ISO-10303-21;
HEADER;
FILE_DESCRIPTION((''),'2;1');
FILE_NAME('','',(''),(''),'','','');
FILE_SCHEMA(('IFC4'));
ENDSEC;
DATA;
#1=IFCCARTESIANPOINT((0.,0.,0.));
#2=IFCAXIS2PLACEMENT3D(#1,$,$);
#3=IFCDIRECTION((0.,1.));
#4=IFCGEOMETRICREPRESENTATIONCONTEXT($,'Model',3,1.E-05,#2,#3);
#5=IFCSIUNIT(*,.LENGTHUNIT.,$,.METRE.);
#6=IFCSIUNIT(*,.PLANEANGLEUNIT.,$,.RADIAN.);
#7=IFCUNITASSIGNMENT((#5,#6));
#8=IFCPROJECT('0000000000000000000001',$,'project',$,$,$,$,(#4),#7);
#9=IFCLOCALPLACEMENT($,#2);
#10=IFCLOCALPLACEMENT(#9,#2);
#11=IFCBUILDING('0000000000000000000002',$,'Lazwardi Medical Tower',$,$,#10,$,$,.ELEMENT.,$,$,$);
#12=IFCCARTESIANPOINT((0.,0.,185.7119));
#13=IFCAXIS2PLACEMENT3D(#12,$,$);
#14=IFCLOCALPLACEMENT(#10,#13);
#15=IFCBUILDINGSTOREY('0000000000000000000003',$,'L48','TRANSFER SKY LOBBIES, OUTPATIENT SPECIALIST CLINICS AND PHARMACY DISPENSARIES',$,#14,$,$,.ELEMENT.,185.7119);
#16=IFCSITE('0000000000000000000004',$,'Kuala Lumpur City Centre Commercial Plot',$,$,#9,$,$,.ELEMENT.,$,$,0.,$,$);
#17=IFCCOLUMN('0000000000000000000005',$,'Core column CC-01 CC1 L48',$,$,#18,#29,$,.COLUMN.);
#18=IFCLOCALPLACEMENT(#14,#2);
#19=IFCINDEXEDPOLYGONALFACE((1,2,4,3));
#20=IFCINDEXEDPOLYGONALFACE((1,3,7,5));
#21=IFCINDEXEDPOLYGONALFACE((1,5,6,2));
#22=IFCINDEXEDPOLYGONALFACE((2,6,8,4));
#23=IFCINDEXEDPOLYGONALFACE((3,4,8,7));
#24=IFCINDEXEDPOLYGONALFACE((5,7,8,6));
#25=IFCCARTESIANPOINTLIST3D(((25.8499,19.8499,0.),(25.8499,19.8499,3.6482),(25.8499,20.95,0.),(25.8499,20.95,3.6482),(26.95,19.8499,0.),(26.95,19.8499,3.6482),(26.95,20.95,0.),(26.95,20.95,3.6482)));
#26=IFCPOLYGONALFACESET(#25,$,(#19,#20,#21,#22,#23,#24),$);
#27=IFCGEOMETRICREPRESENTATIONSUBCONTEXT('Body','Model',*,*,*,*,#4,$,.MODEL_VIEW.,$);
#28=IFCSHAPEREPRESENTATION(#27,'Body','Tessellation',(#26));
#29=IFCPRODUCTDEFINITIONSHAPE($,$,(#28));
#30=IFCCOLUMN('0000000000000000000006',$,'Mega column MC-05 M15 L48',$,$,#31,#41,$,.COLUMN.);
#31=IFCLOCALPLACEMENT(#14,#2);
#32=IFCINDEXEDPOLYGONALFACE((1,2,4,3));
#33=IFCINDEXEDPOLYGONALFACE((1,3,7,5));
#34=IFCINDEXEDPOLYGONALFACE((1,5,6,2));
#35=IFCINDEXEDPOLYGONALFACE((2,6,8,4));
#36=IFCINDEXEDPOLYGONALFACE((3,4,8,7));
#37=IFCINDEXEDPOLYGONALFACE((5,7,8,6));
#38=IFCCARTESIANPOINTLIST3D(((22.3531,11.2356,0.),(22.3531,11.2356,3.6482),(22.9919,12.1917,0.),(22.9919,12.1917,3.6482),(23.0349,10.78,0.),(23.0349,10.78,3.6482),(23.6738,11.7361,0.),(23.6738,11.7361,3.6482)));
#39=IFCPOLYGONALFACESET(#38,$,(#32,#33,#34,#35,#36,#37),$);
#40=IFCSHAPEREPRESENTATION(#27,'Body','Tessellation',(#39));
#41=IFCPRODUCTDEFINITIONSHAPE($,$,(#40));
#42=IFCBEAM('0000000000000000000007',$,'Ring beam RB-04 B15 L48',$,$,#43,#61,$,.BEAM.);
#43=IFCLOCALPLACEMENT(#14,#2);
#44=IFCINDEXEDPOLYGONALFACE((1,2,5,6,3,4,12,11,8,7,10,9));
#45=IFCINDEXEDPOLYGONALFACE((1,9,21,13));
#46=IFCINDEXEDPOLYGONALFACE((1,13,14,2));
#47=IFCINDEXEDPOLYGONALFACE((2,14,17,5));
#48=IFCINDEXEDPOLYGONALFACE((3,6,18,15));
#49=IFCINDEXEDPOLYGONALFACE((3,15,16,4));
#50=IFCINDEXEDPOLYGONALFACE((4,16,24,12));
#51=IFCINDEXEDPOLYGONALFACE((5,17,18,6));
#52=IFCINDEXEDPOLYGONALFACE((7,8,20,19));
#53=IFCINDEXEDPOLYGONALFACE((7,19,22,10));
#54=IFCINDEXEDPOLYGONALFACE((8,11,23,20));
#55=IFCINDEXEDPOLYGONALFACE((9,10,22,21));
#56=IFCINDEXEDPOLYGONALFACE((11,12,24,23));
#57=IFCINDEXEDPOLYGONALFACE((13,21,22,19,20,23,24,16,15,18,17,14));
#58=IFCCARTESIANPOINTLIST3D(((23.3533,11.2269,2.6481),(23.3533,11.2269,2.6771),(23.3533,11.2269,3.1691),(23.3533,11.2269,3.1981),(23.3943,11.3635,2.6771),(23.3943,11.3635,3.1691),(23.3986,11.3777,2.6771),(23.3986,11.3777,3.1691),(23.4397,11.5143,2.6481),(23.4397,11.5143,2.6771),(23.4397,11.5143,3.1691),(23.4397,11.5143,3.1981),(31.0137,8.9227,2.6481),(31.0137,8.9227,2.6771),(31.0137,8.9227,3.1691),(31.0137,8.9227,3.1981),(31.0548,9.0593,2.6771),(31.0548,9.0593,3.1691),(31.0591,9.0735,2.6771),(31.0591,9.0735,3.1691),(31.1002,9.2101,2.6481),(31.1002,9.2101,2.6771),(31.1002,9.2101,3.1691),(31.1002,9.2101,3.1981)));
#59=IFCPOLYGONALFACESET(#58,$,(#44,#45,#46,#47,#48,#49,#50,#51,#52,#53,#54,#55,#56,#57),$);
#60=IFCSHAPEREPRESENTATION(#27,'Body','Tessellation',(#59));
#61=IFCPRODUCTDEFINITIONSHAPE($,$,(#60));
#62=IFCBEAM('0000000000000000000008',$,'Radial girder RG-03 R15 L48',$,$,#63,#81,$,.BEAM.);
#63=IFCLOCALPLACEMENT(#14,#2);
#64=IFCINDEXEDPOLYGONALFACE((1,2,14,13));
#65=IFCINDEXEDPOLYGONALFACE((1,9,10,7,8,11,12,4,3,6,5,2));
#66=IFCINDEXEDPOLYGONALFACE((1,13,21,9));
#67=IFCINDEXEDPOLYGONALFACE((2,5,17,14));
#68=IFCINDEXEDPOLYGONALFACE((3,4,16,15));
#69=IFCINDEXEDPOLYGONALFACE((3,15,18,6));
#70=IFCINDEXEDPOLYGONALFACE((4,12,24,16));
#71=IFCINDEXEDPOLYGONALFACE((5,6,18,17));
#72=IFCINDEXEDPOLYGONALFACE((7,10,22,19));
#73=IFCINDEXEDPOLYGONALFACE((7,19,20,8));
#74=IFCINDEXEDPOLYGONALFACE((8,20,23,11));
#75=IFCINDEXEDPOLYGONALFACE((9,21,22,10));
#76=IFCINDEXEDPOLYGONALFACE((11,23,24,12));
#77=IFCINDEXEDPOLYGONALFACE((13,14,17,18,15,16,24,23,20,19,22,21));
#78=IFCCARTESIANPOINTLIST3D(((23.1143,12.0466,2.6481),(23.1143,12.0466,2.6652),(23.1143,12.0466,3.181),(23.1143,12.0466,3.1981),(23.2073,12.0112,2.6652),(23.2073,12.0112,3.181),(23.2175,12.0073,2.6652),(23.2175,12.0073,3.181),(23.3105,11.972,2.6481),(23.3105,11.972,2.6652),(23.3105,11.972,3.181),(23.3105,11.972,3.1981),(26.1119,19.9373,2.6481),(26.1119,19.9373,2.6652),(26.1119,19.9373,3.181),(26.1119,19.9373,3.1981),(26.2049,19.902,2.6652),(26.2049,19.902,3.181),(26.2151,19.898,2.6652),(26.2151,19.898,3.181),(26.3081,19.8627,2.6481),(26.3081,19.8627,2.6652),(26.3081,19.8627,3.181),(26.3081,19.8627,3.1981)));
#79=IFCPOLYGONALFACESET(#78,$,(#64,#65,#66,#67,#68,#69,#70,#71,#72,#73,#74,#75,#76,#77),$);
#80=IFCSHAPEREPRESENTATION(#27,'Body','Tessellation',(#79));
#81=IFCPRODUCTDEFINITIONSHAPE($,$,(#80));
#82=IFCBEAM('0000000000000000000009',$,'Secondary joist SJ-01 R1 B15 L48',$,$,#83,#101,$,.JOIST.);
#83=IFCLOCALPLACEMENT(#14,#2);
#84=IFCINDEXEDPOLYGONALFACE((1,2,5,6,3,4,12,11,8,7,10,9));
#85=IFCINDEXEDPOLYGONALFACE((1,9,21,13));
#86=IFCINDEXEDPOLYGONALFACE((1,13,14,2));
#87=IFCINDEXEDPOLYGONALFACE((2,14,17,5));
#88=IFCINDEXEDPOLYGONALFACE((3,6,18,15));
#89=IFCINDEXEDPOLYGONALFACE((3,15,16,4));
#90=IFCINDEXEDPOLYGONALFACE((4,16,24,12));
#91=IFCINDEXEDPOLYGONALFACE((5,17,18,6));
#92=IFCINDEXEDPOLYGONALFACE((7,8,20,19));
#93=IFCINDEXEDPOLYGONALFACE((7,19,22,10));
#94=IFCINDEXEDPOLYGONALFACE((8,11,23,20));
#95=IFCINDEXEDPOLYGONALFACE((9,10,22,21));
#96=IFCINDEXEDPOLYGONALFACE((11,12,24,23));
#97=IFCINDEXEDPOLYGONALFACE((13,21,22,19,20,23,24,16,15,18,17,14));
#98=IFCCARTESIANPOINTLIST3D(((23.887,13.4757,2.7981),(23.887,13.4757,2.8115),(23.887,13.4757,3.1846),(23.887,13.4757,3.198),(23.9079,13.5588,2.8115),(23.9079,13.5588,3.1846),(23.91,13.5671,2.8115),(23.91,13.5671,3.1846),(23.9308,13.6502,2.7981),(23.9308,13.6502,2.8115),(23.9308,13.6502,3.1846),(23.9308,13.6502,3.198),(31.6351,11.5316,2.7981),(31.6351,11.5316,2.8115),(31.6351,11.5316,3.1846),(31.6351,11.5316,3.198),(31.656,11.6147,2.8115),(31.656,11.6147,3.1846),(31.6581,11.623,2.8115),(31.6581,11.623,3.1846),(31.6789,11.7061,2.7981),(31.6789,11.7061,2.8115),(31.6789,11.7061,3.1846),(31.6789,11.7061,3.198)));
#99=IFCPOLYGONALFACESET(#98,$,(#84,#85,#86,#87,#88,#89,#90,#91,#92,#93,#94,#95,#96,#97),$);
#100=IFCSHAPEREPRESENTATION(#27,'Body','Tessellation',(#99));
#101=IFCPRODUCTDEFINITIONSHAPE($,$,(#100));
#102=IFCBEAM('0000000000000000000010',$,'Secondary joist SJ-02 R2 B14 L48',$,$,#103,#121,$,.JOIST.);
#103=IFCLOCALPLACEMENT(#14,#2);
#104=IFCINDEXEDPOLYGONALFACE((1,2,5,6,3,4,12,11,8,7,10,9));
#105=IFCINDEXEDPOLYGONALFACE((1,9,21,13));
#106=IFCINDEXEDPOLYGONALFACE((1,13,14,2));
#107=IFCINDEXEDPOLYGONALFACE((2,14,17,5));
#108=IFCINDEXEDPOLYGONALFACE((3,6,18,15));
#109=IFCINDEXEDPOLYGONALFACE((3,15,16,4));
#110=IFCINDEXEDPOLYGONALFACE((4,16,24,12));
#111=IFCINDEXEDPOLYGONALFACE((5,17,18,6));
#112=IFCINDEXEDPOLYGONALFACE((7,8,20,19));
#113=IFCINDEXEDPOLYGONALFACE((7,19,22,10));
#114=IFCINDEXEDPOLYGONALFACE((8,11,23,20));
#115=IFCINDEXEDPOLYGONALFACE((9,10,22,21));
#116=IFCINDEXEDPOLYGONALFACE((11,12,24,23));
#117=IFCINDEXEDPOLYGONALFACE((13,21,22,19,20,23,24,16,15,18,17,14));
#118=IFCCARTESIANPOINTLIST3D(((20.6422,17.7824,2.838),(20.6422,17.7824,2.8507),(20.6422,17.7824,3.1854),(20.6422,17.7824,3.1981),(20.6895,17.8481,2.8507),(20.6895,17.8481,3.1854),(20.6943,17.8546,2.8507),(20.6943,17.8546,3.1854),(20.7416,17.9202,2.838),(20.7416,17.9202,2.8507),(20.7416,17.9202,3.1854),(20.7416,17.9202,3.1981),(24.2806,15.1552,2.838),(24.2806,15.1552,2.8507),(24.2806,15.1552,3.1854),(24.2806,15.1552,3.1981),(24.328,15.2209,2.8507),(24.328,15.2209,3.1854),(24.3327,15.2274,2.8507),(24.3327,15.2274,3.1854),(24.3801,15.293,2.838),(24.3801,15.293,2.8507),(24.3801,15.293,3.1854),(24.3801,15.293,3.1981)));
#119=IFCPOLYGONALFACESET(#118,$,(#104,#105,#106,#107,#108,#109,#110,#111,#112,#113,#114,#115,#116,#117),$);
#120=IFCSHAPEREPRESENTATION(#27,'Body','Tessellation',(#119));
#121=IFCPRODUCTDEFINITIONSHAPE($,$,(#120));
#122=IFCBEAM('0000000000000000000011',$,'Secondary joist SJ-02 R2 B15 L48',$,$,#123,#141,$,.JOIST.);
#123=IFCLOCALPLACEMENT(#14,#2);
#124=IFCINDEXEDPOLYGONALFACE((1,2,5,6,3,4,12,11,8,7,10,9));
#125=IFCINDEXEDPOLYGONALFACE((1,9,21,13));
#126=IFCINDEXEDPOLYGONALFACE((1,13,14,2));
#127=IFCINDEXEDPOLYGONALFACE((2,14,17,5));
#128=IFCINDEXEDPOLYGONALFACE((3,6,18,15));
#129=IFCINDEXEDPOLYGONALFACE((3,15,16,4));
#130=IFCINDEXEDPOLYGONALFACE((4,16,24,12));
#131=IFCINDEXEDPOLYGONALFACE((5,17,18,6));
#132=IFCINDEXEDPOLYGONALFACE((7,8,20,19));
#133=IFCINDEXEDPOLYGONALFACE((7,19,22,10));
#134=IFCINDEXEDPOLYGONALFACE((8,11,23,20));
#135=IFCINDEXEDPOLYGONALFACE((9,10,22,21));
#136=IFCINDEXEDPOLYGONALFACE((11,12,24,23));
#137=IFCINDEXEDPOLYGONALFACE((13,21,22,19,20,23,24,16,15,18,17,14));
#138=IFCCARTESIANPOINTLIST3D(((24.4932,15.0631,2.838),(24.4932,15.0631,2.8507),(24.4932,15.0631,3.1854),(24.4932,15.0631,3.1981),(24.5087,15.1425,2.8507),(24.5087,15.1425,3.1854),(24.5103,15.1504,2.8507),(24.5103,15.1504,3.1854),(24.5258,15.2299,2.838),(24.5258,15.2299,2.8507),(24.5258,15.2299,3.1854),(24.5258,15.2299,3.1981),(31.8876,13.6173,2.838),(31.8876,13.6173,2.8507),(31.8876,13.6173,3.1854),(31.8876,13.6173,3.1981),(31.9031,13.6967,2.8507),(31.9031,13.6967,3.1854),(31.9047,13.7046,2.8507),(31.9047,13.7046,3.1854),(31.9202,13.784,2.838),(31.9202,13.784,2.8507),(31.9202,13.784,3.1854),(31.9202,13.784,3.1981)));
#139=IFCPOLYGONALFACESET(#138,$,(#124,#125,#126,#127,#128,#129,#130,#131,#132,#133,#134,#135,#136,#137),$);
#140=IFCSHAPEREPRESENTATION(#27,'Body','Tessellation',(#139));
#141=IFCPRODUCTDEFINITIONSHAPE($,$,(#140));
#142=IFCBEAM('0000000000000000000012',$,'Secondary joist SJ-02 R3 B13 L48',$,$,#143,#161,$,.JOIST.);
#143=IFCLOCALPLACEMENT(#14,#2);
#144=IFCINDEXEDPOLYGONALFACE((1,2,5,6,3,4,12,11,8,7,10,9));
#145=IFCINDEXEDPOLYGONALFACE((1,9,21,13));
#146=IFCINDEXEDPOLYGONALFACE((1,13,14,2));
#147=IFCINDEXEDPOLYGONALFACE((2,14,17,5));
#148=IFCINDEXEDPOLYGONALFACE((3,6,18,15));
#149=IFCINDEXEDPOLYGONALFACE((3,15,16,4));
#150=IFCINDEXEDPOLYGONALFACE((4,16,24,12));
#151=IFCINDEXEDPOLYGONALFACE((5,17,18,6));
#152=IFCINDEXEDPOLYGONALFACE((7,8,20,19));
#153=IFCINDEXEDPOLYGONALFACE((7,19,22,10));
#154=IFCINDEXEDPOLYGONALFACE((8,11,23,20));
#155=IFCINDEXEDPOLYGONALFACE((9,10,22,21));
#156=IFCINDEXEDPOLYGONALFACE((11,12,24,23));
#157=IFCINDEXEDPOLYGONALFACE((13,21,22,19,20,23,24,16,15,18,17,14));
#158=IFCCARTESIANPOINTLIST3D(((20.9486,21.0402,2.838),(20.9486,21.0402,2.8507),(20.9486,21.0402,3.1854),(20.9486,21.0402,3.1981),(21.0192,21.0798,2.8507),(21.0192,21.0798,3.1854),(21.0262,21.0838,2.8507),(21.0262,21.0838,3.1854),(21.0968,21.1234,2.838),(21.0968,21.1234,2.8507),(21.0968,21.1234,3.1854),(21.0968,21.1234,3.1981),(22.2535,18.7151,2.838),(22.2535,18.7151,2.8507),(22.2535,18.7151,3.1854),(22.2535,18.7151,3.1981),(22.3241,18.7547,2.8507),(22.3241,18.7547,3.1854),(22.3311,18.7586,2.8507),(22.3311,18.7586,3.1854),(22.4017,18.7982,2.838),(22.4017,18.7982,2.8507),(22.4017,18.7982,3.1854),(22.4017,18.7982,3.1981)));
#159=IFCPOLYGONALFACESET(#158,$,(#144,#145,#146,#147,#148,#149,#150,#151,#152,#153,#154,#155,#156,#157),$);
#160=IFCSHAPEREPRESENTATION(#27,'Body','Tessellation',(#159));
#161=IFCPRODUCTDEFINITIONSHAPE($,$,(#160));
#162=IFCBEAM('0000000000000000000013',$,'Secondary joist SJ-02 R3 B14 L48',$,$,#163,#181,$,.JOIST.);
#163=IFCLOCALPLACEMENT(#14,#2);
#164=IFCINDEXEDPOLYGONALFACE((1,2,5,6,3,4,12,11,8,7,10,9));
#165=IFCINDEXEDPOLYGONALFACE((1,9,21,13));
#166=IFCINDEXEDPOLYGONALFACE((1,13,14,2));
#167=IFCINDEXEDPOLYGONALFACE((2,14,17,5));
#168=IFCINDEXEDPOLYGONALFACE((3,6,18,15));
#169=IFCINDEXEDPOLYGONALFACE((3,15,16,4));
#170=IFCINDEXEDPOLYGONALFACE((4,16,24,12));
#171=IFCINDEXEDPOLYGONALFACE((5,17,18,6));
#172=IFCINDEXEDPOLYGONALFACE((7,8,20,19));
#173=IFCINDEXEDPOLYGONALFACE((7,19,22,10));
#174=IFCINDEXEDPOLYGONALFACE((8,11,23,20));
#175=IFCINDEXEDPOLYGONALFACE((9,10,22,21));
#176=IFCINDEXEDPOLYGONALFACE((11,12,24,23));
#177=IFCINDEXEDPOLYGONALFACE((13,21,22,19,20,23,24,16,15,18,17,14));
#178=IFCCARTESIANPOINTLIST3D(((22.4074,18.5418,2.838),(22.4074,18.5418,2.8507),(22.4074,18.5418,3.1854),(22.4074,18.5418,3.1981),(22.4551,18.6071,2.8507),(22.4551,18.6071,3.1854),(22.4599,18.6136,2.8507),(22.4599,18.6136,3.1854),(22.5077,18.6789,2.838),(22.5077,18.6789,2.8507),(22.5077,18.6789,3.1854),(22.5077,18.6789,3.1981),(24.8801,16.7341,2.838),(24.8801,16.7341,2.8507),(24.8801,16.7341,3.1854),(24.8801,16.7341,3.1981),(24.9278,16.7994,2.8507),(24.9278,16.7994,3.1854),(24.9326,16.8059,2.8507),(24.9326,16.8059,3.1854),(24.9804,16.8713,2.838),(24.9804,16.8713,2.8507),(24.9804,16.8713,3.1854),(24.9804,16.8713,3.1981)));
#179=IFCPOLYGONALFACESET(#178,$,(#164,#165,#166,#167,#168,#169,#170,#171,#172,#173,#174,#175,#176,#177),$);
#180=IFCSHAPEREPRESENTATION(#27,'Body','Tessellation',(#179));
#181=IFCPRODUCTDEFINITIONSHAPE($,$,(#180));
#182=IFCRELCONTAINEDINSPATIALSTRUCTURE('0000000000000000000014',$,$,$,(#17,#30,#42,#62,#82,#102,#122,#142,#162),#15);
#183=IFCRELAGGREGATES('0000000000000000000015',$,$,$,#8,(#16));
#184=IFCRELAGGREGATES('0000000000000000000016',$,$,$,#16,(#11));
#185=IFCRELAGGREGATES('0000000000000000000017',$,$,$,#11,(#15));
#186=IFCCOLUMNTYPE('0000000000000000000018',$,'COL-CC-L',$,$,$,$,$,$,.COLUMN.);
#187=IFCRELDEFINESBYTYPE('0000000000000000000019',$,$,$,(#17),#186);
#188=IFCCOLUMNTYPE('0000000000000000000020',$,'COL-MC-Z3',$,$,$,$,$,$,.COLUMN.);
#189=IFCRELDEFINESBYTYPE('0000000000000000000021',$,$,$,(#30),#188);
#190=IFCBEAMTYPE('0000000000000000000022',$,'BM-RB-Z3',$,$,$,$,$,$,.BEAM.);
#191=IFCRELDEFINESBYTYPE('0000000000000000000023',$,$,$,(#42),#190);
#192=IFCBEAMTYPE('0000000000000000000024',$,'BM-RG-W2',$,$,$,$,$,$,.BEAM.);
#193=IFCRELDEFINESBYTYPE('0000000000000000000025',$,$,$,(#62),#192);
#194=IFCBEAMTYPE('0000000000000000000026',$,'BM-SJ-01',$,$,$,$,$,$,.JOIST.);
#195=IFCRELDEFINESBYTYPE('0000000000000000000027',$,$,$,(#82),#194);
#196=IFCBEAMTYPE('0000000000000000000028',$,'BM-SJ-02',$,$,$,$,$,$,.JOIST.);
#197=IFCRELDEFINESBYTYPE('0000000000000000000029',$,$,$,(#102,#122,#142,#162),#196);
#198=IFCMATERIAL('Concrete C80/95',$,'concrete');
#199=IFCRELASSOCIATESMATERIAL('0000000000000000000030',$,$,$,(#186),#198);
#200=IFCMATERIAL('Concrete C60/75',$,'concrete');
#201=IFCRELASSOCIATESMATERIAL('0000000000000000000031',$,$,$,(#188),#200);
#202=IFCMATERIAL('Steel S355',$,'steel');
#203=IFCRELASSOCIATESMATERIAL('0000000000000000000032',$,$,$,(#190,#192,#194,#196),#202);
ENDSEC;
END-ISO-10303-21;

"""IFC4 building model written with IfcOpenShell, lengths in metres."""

from ifc_helpers import new_model, si_unit, direction, frame, origin, origin_2d, place, context, subcontext, project, spatial, rectangle, i_section, extrude, material, material_profile, profile_set, type_object, element, save


model = new_model("IFC4")

# Units and contexts
model_context = context("Model", 3, precision=1e-05, world=origin(), true_north=direction((0.0, 1.0)))
body_context = subcontext(model_context, "Body", "Model", "MODEL_VIEW")
ifc_project = project(units=[si_unit("LENGTHUNIT", "METRE"), si_unit("PLANEANGLEUNIT", "RADIAN")], contexts=[model_context])

# Site, building, storey
site_placement = place(None, origin())
site = spatial("IfcSite", under=ifc_project, at=site_placement, Name="Kuala Lumpur City Centre Commercial Plot", CompositionType="ELEMENT", RefElevation=0.0)
building_placement = place(site_placement, origin())
building = spatial("IfcBuilding", under=site, at=building_placement, Name="Lazwardi Medical Tower", CompositionType="ELEMENT")
storey_placement = place(building_placement, frame((0.0, 0.0, 185.7119)))
storey = spatial("IfcBuildingStorey", under=building, at=storey_placement, Name="L48", Description="TRANSFER SKY LOBBIES, OUTPATIENT SPECIALIST CLINICS AND PHARMACY DISPENSARIES", CompositionType="ELEMENT", Elevation=185.7119)

# Columns
ifc_material_1 = material(Name="Concrete C80/95", Category="concrete")
ifc_material_profile_1 = material_profile(ifc_material_1, rectangle(XDim=1.1001, YDim=1.1001, at=origin_2d()), Name="RC 1100x1100")
ifc_profile_set_1 = profile_set([ifc_material_profile_1], Name="Concrete C80/95")
column_type_1 = type_object("IfcColumnType", Name="COL-CC-L", PredefinedType="COLUMN", material=ifc_profile_set_1)
column_1_placement = place(storey_placement, frame((26.3999, 20.3999, 0.0), z_axis=(0.0, 0.0, 1.0), x_axis=(1.0, 0.0, 0.0)))
element("IfcColumn", 1, at=column_1_placement, inside=storey, type_object=column_type_1, Name="Core column CC-01 CC1 L48", PredefinedType="COLUMN", context=body_context, shape_type="SweptSolid", body=[
    extrude(rectangle(XDim=1.1001, YDim=1.1001, at=origin_2d()), origin(), (0.0, 0.0, 1.0), 3.6482),
])
ifc_material_2 = material(Name="Concrete C60/75", Category="concrete")
ifc_material_profile_2 = material_profile(ifc_material_2, rectangle(XDim=1.1499, YDim=0.8201, at=origin_2d()), Name="CFT-RECT 1150x820")
ifc_profile_set_2 = profile_set([ifc_material_profile_2], Name="Concrete C60/75")
column_type_2 = type_object("IfcColumnType", Name="COL-MC-Z3", PredefinedType="COLUMN", material=ifc_profile_set_2)
column_2_placement = place(storey_placement, frame((23.0134, 11.4858, 0.0), z_axis=(0.0, 0.0, 1.0), x_axis=(-0.55557, -0.83147, 0.0)))
element("IfcColumn", 2, at=column_2_placement, inside=storey, type_object=column_type_2, Name="Mega column MC-05 M15 L48", PredefinedType="COLUMN", context=body_context, shape_type="SweptSolid", body=[
    extrude(rectangle(XDim=1.1499, YDim=0.8201, at=origin_2d()), origin(), (0.0, 0.0, 1.0), 3.6482),
])

# Beams
ifc_material_3 = material(Name="Steel S355", Category="steel")
ifc_material_profile_3 = material_profile(ifc_material_3, i_section(OverallWidth=0.3, OverallDepth=0.55, WebThickness=0.0149, FlangeThickness=0.0291, at=origin_2d()), Name="HEB 550")
ifc_profile_set_3 = profile_set([ifc_material_profile_3], Name="Steel S355")
beam_type_1 = type_object("IfcBeamType", Name="BM-RB-Z3", PredefinedType="BEAM", material=ifc_profile_set_3)
beam_1_placement = place(storey_placement, frame((23.3965, 11.3706, 2.9231), z_axis=(0.957617, -0.288045, 0.0), x_axis=(0.288045, 0.957617, 0.0)))
element("IfcBeam", 3, at=beam_1_placement, inside=storey, type_object=beam_type_1, Name="Ring beam RB-04 B15 L48", PredefinedType="BEAM", context=body_context, shape_type="SweptSolid", body=[
    extrude(i_section(OverallWidth=0.3, OverallDepth=0.55, WebThickness=0.0149, FlangeThickness=0.0291, at=origin_2d()), origin(), (0.0, 0.0, 1.0), 7.9995),
])
ifc_material_profile_4 = material_profile(ifc_material_3, i_section(OverallWidth=0.21, OverallDepth=0.55, WebThickness=0.011, FlangeThickness=0.0171, at=origin_2d()), Name="IPE 550")
ifc_profile_set_4 = profile_set([ifc_material_profile_4], Name="Steel S355")
beam_type_2 = type_object("IfcBeamType", Name="BM-RG-W2", PredefinedType="BEAM", material=ifc_profile_set_4)
beam_2_placement = place(storey_placement, frame((23.2124, 12.0093, 2.9231), z_axis=(0.355127, 0.934818, 0.0), x_axis=(-0.934818, 0.355127, 0.0)))
element("IfcBeam", 4, at=beam_2_placement, inside=storey, type_object=beam_type_2, Name="Radial girder RG-03 R15 L48", PredefinedType="BEAM", context=body_context, shape_type="SweptSolid", body=[
    extrude(i_section(OverallWidth=0.21, OverallDepth=0.55, WebThickness=0.011, FlangeThickness=0.0171, at=origin_2d()), origin(), (0.0, 0.0, 1.0), 8.4409),
])
ifc_material_profile_5 = material_profile(ifc_material_3, i_section(OverallWidth=0.1799, OverallDepth=0.3999, WebThickness=0.0085, FlangeThickness=0.0134, at=origin_2d()), Name="IPE 400")
ifc_profile_set_5 = profile_set([ifc_material_profile_5], Name="Steel S355")
beam_type_3 = type_object("IfcBeamType", Name="BM-SJ-01", PredefinedType="JOIST", material=ifc_profile_set_5)
beam_3_placement = place(storey_placement, frame((23.9089, 13.563, 2.998), z_axis=(0.969934, -0.24337, 0.0), x_axis=(0.24337, 0.969934, 0.0)))
element("IfcBeam", 5, at=beam_3_placement, inside=storey, type_object=beam_type_3, Name="Secondary joist SJ-01 R1 B15 L48", PredefinedType="JOIST", context=body_context, shape_type="SweptSolid", body=[
    extrude(i_section(OverallWidth=0.1799, OverallDepth=0.3999, WebThickness=0.0085, FlangeThickness=0.0134, at=origin_2d()), origin(), (0.0, 0.0, 1.0), 7.9883),
])
ifc_material_profile_6 = material_profile(ifc_material_3, i_section(OverallWidth=0.1699, OverallDepth=0.3601, WebThickness=0.0081, FlangeThickness=0.0127, at=origin_2d()), Name="IPE 360")
ifc_profile_set_6 = profile_set([ifc_material_profile_6], Name="Steel S355")
beam_type_4 = type_object("IfcBeamType", Name="BM-SJ-02", PredefinedType="JOIST", material=ifc_profile_set_6)
beam_4_placement = place(storey_placement, frame((20.6919, 17.8513, 3.0181), z_axis=(0.810738, -0.585409, 0.0), x_axis=(0.585409, 0.810738, 0.0)))
element("IfcBeam", 6, at=beam_4_placement, inside=storey, type_object=beam_type_4, Name="Secondary joist SJ-02 R2 B14 L48", PredefinedType="JOIST", context=body_context, shape_type="SweptSolid", body=[
    extrude(i_section(OverallWidth=0.1699, OverallDepth=0.3601, WebThickness=0.0081, FlangeThickness=0.0127, at=origin_2d()), origin(), (0.0, 0.0, 1.0), 4.4878),
])
beam_5_placement = place(storey_placement, frame((24.5095, 15.1465, 3.0181), z_axis=(0.981415, -0.191896, 0.0), x_axis=(0.191896, 0.981415, 0.0)))
element("IfcBeam", 7, at=beam_5_placement, inside=storey, type_object=beam_type_4, Name="Secondary joist SJ-02 R2 B15 L48", PredefinedType="JOIST", context=body_context, shape_type="SweptSolid", body=[
    extrude(i_section(OverallWidth=0.1699, OverallDepth=0.3601, WebThickness=0.0081, FlangeThickness=0.0127, at=origin_2d()), origin(), (0.0, 0.0, 1.0), 7.5344),
])
beam_6_placement = place(storey_placement, frame((21.0227, 21.0818, 3.0181), z_axis=(0.489409, -0.872054, 0.0), x_axis=(0.872054, 0.489409, 0.0)))
element("IfcBeam", 8, at=beam_6_placement, inside=storey, type_object=beam_type_4, Name="Secondary joist SJ-02 R3 B13 L48", PredefinedType="JOIST", context=body_context, shape_type="SweptSolid", body=[
    extrude(i_section(OverallWidth=0.1699, OverallDepth=0.3601, WebThickness=0.0081, FlangeThickness=0.0127, at=origin_2d()), origin(), (0.0, 0.0, 1.0), 2.6663),
])
beam_7_placement = place(storey_placement, frame((22.4575, 18.6104, 3.0181), z_axis=(0.807286, -0.59016, 0.0), x_axis=(0.59016, 0.807286, 0.0)))
element("IfcBeam", 9, at=beam_7_placement, inside=storey, type_object=beam_type_4, Name="Secondary joist SJ-02 R3 B14 L48", PredefinedType="JOIST", context=body_context, shape_type="SweptSolid", body=[
    extrude(i_section(OverallWidth=0.1699, OverallDepth=0.3601, WebThickness=0.0081, FlangeThickness=0.0127, at=origin_2d()), origin(), (0.0, 0.0, 1.0), 3.063),
])

save(model, "model.ifc")
